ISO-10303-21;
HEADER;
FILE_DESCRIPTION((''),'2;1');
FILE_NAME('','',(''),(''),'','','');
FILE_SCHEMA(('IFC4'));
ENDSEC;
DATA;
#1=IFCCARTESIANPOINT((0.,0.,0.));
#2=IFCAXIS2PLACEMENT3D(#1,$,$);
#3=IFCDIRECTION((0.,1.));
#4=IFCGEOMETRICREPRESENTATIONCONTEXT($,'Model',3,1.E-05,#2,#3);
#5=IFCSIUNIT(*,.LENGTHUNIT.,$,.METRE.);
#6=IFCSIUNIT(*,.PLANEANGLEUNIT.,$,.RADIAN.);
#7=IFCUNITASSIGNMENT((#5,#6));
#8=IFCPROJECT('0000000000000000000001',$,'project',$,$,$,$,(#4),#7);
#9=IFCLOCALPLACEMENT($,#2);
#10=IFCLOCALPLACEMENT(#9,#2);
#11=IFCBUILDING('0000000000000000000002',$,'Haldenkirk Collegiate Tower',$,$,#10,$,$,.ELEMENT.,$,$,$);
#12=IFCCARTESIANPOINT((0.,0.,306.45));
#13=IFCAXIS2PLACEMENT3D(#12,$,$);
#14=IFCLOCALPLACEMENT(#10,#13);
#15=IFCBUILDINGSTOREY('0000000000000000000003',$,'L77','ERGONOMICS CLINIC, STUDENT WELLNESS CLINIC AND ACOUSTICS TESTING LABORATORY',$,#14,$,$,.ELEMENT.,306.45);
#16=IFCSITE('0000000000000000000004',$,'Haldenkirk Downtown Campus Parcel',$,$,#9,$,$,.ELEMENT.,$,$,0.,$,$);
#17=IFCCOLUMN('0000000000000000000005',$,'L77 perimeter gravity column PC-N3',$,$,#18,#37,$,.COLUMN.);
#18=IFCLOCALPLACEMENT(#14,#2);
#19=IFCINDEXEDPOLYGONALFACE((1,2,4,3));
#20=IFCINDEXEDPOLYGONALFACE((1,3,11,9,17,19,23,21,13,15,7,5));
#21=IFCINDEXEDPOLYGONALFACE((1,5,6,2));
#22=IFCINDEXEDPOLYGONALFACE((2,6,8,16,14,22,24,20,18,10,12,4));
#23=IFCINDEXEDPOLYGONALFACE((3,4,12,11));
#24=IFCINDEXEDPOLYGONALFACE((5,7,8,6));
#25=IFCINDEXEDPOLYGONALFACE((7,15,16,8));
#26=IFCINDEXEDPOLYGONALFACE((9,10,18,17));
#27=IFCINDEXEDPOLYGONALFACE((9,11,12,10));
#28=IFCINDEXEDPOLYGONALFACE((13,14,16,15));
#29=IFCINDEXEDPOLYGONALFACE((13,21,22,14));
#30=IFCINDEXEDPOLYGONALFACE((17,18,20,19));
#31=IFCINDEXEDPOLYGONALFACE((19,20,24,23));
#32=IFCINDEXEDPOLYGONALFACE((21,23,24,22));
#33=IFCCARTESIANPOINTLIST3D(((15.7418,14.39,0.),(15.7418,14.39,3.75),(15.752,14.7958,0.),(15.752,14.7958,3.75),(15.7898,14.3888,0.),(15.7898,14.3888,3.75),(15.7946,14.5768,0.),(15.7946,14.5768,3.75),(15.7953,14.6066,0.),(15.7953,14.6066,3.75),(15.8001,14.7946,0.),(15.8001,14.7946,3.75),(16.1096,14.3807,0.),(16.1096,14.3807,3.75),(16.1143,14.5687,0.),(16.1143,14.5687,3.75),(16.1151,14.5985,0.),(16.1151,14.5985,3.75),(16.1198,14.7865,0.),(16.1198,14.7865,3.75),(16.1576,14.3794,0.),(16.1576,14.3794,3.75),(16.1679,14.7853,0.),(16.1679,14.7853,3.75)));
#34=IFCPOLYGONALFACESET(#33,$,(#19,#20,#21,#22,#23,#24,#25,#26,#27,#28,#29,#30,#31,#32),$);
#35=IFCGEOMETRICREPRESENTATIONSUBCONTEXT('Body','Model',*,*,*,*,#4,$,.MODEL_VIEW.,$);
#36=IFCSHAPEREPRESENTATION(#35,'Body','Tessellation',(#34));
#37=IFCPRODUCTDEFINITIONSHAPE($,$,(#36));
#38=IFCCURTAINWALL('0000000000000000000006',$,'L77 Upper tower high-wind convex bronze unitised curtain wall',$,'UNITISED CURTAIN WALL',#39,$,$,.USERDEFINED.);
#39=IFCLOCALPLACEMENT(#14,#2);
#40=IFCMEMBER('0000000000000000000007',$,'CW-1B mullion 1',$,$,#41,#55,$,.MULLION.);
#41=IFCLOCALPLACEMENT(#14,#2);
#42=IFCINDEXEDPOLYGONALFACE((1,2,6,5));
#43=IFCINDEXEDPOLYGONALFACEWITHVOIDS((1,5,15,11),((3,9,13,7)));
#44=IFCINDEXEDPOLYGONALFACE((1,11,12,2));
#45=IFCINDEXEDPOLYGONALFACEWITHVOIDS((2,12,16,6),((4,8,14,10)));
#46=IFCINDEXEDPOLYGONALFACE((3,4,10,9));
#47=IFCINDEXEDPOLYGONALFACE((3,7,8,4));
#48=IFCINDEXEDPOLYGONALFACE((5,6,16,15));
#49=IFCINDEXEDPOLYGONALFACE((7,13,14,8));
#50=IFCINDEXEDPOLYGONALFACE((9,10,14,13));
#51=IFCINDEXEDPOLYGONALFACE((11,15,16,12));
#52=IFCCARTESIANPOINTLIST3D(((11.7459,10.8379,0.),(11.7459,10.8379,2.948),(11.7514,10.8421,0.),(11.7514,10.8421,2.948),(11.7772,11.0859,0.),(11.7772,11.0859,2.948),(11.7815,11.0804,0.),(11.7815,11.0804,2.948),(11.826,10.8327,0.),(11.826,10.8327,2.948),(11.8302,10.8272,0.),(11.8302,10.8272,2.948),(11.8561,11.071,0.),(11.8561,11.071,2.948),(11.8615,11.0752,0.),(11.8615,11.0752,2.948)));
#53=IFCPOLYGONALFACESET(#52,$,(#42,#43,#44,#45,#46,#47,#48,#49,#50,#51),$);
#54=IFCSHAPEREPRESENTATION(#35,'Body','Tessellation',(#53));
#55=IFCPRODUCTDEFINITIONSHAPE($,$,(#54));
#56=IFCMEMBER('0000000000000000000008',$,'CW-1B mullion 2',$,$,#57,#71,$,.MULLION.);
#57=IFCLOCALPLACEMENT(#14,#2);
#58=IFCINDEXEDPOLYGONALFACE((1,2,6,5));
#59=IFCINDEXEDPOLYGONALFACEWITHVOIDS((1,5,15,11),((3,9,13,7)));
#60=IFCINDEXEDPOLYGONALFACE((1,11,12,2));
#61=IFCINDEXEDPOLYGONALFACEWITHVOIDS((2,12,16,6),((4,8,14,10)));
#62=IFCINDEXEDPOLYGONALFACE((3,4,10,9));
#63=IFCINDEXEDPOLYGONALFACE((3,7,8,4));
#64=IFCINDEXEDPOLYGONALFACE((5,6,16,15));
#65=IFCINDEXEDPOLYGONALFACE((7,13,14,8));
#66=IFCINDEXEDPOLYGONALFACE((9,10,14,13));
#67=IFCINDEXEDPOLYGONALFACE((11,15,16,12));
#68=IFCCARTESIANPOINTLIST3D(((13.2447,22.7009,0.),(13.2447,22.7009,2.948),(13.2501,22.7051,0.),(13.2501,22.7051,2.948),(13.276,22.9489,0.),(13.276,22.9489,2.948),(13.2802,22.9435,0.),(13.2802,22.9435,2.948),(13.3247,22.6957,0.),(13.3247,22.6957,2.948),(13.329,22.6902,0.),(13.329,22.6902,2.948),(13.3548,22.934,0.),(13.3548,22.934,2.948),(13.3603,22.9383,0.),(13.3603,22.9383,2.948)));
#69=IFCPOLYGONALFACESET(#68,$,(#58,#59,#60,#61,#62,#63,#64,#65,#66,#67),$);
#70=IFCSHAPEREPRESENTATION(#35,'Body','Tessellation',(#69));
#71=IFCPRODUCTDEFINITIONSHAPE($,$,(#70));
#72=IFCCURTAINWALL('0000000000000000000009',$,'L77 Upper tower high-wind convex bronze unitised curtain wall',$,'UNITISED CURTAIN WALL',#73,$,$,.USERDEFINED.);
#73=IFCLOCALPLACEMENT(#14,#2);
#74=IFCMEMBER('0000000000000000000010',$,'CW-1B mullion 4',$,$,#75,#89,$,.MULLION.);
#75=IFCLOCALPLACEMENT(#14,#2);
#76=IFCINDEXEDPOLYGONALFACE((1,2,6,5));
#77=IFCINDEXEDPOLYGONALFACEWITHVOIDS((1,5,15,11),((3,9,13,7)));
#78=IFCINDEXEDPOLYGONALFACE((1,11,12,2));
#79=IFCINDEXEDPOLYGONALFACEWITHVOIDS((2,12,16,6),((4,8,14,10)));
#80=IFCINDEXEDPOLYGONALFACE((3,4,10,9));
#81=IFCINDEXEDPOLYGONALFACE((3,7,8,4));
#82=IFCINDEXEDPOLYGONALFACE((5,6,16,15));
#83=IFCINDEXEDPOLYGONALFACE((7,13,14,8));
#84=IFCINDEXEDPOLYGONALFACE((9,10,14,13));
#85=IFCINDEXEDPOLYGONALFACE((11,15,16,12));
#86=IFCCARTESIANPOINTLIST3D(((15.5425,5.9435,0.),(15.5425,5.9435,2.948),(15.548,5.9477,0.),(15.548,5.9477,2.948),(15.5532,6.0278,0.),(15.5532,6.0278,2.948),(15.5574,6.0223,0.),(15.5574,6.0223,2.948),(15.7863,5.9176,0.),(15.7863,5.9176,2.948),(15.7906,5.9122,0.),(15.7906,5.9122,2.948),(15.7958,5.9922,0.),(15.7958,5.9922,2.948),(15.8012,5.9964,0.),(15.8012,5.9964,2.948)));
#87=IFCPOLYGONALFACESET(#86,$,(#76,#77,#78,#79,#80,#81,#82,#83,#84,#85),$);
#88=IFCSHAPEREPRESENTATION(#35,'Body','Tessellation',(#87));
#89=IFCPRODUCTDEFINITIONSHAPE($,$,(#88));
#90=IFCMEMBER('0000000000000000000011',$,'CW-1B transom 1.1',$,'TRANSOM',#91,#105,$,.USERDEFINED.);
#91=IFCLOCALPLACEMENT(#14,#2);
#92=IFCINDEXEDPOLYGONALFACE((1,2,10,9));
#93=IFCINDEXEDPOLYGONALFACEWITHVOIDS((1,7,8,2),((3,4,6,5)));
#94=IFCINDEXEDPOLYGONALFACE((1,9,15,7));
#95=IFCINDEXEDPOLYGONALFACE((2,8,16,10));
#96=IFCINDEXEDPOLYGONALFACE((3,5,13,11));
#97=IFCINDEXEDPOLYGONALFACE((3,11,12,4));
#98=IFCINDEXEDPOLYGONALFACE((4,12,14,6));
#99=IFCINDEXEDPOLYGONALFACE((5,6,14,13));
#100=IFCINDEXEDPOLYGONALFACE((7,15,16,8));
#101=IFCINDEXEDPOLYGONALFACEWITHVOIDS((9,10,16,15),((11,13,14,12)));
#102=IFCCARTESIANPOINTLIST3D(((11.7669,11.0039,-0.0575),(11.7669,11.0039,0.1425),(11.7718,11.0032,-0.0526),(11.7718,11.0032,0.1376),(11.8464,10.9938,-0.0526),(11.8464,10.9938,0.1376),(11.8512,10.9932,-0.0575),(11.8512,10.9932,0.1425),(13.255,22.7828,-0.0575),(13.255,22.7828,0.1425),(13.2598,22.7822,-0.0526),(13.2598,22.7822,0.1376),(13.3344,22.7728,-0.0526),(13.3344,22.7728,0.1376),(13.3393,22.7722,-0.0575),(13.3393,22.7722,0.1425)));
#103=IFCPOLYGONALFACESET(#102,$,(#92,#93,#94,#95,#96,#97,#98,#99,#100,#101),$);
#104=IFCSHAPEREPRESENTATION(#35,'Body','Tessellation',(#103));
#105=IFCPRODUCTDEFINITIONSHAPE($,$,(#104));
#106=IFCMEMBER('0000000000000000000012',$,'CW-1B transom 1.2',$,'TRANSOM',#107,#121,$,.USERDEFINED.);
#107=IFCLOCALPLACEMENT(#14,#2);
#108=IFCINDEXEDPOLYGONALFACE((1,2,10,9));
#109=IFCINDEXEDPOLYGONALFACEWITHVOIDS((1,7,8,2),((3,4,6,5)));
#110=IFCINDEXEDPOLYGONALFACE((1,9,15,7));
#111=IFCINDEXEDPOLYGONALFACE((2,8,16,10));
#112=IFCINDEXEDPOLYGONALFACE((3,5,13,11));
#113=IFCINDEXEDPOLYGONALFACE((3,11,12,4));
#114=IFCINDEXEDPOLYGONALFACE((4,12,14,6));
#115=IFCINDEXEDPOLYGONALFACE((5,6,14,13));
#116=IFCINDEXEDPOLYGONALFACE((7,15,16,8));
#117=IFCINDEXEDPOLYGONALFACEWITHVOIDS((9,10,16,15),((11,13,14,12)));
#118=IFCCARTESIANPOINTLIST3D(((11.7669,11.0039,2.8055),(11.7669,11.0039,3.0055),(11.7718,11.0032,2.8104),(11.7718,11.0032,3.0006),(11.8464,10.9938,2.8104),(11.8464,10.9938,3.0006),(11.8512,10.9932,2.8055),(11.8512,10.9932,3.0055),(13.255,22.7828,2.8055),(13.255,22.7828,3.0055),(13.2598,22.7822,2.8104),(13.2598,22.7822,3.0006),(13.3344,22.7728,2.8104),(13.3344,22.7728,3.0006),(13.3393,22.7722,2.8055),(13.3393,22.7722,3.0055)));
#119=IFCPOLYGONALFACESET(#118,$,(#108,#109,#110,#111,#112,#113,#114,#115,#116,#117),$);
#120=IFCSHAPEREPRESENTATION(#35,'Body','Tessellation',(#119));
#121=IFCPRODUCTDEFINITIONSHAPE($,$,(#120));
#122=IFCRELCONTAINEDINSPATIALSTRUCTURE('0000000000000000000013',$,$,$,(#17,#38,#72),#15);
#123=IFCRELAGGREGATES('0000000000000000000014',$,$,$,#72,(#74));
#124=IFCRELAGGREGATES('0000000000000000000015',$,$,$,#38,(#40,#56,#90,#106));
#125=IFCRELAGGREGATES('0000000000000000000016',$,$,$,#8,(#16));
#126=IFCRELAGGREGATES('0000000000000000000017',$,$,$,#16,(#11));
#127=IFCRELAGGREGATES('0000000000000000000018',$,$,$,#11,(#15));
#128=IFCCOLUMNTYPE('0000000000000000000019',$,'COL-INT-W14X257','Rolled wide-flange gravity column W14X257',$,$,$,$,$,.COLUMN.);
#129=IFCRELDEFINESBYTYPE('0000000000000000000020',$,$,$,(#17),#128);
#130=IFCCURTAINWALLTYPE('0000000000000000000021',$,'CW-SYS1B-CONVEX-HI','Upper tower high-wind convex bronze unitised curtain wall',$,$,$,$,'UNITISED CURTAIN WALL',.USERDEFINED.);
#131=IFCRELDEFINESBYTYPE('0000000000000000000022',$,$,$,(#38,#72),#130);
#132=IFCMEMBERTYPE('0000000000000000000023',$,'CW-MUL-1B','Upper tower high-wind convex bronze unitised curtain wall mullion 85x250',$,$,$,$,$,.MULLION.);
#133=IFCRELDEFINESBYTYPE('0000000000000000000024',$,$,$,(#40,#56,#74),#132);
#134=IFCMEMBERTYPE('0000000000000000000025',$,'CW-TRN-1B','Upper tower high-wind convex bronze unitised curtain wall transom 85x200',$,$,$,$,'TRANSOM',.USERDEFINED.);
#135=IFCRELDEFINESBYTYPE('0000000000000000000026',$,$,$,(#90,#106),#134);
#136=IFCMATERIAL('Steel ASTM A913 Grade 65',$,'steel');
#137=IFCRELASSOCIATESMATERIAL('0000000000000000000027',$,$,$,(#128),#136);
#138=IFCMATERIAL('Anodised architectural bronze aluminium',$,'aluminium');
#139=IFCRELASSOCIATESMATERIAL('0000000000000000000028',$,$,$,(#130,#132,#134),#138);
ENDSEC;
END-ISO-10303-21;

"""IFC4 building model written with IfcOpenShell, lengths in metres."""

from ifc_helpers import new_model, si_unit, direction, frame, origin, origin_2d, place, context, subcontext, project, spatial, hollow_rectangle, i_section, extrude, material, material_profile, profile_set, type_object, element, aggregate, save


model = new_model("IFC4")

# Units and contexts
model_context = context("Model", 3, precision=1e-05, world=origin(), true_north=direction((0.0, 1.0)))
body_context = subcontext(model_context, "Body", "Model", "MODEL_VIEW")
ifc_project = project(units=[si_unit("LENGTHUNIT", "METRE"), si_unit("PLANEANGLEUNIT", "RADIAN")], contexts=[model_context])

# Site, building, storey
site_placement = place(None, origin())
site = spatial("IfcSite", under=ifc_project, at=site_placement, Name="Haldenkirk Downtown Campus Parcel", CompositionType="ELEMENT", RefElevation=0.0)
building_placement = place(site_placement, origin())
building = spatial("IfcBuilding", under=site, at=building_placement, Name="Haldenkirk Collegiate Tower", CompositionType="ELEMENT")
storey_placement = place(building_placement, frame((0.0, 0.0, 306.45)))
storey = spatial("IfcBuildingStorey", under=building, at=storey_placement, Name="L77", Description="ERGONOMICS CLINIC, STUDENT WELLNESS CLINIC AND ACOUSTICS TESTING LABORATORY", CompositionType="ELEMENT", Elevation=306.45)

# Column
ifc_material_1 = material(Name="Steel ASTM A913 Grade 65", Category="steel")
ifc_material_profile_1 = material_profile(ifc_material_1, i_section(OverallWidth=0.406, OverallDepth=0.416, WebThickness=0.0298, FlangeThickness=0.0481, at=origin_2d()), Name="W14X257")
ifc_profile_set_1 = profile_set([ifc_material_profile_1], Name="Steel ASTM A913 Grade 65")
column_type = type_object("IfcColumnType", Name="COL-INT-W14X257", Description="Rolled wide-flange gravity column W14X257", PredefinedType="COLUMN", material=ifc_profile_set_1)
column_placement = place(storey_placement, frame((15.9548, 14.5876, 0.0), z_axis=(0.0, 0.0, 1.0), x_axis=(0.025305, 0.99968, 0.0)))
element("IfcColumn", 1, at=column_placement, inside=storey, type_object=column_type, Name="L77 perimeter gravity column PC-N3", PredefinedType="COLUMN", context=body_context, shape_type="SweptSolid", body=[
    extrude(i_section(OverallWidth=0.406, OverallDepth=0.416, WebThickness=0.0298, FlangeThickness=0.0481, at=origin_2d()), origin(), (0.0, 0.0, 1.0), 3.75),
])

# Curtain wall, members
ifc_material_2 = material(Name="Anodised architectural bronze aluminium", Category="aluminium")
curtain_wall_type = type_object("IfcCurtainWallType", Name="CW-SYS1B-CONVEX-HI", Description="Upper tower high-wind convex bronze unitised curtain wall", ElementType="UNITISED CURTAIN WALL", PredefinedType="USERDEFINED", material=ifc_material_2)
curtain_wall_1_placement = place(storey_placement, origin())
curtain_wall_1 = element("IfcCurtainWall", 2, at=curtain_wall_1_placement, inside=storey, type_object=curtain_wall_type, Name="L77 Upper tower high-wind convex bronze unitised curtain wall", ObjectType="UNITISED CURTAIN WALL", PredefinedType="USERDEFINED")
ifc_material_profile_2 = material_profile(ifc_material_2, hollow_rectangle(XDim=0.085, YDim=0.25, WallThickness=0.0049, at=origin_2d()), Name="CW-MUL-1B")
ifc_profile_set_2 = profile_set([ifc_material_profile_2], Name="Anodised architectural bronze aluminium")
member_type_1 = type_object("IfcMemberType", Name="CW-MUL-1B", Description="Upper tower high-wind convex bronze unitised curtain wall mullion 85x250", PredefinedType="MULLION", material=ifc_profile_set_2)
member_1_placement = place(storey_placement, frame((11.8037, 10.9565, 0.0), z_axis=(0.0, 0.0, 1.0), x_axis=(-0.992115, 0.125333, 0.0)))
member_1 = element("IfcMember", 3, at=member_1_placement, type_object=member_type_1, Name="CW-1B mullion 1", PredefinedType="MULLION", context=body_context, shape_type="SweptSolid", body=[
    extrude(hollow_rectangle(XDim=0.085, YDim=0.25, WallThickness=0.0049, at=origin_2d()), origin(), (0.0, 0.0, 1.0), 2.948),
])
member_2_placement = place(storey_placement, frame((13.3025, 22.8196, 0.0), z_axis=(0.0, 0.0, 1.0), x_axis=(-0.992115, 0.125333, 0.0)))
member_2 = element("IfcMember", 4, at=member_2_placement, type_object=member_type_1, Name="CW-1B mullion 2", PredefinedType="MULLION", context=body_context, shape_type="SweptSolid", body=[
    extrude(hollow_rectangle(XDim=0.085, YDim=0.25, WallThickness=0.0049, at=origin_2d()), origin(), (0.0, 0.0, 1.0), 2.948),
])

# Curtain wall, member
curtain_wall_2_placement = place(storey_placement, origin())
curtain_wall_2 = element("IfcCurtainWall", 5, at=curtain_wall_2_placement, inside=storey, type_object=curtain_wall_type, Name="L77 Upper tower high-wind convex bronze unitised curtain wall", ObjectType="UNITISED CURTAIN WALL", PredefinedType="USERDEFINED")
member_3_placement = place(storey_placement, frame((15.6719, 5.97, 0.0), z_axis=(0.0, 0.0, 1.0), x_axis=(-0.125333, -0.992115, 0.0)))
member_3 = element("IfcMember", 6, at=member_3_placement, type_object=member_type_1, Name="CW-1B mullion 4", PredefinedType="MULLION", context=body_context, shape_type="SweptSolid", body=[
    extrude(hollow_rectangle(XDim=0.085, YDim=0.25, WallThickness=0.0049, at=origin_2d()), origin(), (0.0, 0.0, 1.0), 2.948),
])
aggregate(curtain_wall_2, [member_3])

# Members
ifc_material_profile_3 = material_profile(ifc_material_2, hollow_rectangle(XDim=0.085, YDim=0.2, WallThickness=0.0049, at=origin_2d()), Name="CW-TRN-1B")
ifc_profile_set_3 = profile_set([ifc_material_profile_3], Name="Anodised architectural bronze aluminium")
member_type_2 = type_object("IfcMemberType", Name="CW-TRN-1B", Description="Upper tower high-wind convex bronze unitised curtain wall transom 85x200", ElementType="TRANSOM", PredefinedType="USERDEFINED", material=ifc_profile_set_3)
member_4_placement = place(storey_placement, frame((11.8091, 10.9985, 0.0425), z_axis=(0.125333, 0.992115, 0.0), x_axis=(-0.992115, 0.125333, 0.0)))
member_4 = element("IfcMember", 7, at=member_4_placement, type_object=member_type_2, Name="CW-1B transom 1.1", ObjectType="TRANSOM", PredefinedType="USERDEFINED", context=body_context, shape_type="SweptSolid", body=[
    extrude(hollow_rectangle(XDim=0.085, YDim=0.2, WallThickness=0.0049, at=origin_2d()), origin(), (0.0, 0.0, 1.0), 11.8726),
])
member_5_placement = place(storey_placement, frame((11.8091, 10.9985, 2.9055), z_axis=(0.125333, 0.992115, 0.0), x_axis=(-0.992115, 0.125333, 0.0)))
member_5 = element("IfcMember", 8, at=member_5_placement, type_object=member_type_2, Name="CW-1B transom 1.2", ObjectType="TRANSOM", PredefinedType="USERDEFINED", context=body_context, shape_type="SweptSolid", body=[
    extrude(hollow_rectangle(XDim=0.085, YDim=0.2, WallThickness=0.0049, at=origin_2d()), origin(), (0.0, 0.0, 1.0), 11.8726),
])

aggregate(curtain_wall_1, [member_1, member_2, member_4, member_5])

save(model, "model.ifc")
